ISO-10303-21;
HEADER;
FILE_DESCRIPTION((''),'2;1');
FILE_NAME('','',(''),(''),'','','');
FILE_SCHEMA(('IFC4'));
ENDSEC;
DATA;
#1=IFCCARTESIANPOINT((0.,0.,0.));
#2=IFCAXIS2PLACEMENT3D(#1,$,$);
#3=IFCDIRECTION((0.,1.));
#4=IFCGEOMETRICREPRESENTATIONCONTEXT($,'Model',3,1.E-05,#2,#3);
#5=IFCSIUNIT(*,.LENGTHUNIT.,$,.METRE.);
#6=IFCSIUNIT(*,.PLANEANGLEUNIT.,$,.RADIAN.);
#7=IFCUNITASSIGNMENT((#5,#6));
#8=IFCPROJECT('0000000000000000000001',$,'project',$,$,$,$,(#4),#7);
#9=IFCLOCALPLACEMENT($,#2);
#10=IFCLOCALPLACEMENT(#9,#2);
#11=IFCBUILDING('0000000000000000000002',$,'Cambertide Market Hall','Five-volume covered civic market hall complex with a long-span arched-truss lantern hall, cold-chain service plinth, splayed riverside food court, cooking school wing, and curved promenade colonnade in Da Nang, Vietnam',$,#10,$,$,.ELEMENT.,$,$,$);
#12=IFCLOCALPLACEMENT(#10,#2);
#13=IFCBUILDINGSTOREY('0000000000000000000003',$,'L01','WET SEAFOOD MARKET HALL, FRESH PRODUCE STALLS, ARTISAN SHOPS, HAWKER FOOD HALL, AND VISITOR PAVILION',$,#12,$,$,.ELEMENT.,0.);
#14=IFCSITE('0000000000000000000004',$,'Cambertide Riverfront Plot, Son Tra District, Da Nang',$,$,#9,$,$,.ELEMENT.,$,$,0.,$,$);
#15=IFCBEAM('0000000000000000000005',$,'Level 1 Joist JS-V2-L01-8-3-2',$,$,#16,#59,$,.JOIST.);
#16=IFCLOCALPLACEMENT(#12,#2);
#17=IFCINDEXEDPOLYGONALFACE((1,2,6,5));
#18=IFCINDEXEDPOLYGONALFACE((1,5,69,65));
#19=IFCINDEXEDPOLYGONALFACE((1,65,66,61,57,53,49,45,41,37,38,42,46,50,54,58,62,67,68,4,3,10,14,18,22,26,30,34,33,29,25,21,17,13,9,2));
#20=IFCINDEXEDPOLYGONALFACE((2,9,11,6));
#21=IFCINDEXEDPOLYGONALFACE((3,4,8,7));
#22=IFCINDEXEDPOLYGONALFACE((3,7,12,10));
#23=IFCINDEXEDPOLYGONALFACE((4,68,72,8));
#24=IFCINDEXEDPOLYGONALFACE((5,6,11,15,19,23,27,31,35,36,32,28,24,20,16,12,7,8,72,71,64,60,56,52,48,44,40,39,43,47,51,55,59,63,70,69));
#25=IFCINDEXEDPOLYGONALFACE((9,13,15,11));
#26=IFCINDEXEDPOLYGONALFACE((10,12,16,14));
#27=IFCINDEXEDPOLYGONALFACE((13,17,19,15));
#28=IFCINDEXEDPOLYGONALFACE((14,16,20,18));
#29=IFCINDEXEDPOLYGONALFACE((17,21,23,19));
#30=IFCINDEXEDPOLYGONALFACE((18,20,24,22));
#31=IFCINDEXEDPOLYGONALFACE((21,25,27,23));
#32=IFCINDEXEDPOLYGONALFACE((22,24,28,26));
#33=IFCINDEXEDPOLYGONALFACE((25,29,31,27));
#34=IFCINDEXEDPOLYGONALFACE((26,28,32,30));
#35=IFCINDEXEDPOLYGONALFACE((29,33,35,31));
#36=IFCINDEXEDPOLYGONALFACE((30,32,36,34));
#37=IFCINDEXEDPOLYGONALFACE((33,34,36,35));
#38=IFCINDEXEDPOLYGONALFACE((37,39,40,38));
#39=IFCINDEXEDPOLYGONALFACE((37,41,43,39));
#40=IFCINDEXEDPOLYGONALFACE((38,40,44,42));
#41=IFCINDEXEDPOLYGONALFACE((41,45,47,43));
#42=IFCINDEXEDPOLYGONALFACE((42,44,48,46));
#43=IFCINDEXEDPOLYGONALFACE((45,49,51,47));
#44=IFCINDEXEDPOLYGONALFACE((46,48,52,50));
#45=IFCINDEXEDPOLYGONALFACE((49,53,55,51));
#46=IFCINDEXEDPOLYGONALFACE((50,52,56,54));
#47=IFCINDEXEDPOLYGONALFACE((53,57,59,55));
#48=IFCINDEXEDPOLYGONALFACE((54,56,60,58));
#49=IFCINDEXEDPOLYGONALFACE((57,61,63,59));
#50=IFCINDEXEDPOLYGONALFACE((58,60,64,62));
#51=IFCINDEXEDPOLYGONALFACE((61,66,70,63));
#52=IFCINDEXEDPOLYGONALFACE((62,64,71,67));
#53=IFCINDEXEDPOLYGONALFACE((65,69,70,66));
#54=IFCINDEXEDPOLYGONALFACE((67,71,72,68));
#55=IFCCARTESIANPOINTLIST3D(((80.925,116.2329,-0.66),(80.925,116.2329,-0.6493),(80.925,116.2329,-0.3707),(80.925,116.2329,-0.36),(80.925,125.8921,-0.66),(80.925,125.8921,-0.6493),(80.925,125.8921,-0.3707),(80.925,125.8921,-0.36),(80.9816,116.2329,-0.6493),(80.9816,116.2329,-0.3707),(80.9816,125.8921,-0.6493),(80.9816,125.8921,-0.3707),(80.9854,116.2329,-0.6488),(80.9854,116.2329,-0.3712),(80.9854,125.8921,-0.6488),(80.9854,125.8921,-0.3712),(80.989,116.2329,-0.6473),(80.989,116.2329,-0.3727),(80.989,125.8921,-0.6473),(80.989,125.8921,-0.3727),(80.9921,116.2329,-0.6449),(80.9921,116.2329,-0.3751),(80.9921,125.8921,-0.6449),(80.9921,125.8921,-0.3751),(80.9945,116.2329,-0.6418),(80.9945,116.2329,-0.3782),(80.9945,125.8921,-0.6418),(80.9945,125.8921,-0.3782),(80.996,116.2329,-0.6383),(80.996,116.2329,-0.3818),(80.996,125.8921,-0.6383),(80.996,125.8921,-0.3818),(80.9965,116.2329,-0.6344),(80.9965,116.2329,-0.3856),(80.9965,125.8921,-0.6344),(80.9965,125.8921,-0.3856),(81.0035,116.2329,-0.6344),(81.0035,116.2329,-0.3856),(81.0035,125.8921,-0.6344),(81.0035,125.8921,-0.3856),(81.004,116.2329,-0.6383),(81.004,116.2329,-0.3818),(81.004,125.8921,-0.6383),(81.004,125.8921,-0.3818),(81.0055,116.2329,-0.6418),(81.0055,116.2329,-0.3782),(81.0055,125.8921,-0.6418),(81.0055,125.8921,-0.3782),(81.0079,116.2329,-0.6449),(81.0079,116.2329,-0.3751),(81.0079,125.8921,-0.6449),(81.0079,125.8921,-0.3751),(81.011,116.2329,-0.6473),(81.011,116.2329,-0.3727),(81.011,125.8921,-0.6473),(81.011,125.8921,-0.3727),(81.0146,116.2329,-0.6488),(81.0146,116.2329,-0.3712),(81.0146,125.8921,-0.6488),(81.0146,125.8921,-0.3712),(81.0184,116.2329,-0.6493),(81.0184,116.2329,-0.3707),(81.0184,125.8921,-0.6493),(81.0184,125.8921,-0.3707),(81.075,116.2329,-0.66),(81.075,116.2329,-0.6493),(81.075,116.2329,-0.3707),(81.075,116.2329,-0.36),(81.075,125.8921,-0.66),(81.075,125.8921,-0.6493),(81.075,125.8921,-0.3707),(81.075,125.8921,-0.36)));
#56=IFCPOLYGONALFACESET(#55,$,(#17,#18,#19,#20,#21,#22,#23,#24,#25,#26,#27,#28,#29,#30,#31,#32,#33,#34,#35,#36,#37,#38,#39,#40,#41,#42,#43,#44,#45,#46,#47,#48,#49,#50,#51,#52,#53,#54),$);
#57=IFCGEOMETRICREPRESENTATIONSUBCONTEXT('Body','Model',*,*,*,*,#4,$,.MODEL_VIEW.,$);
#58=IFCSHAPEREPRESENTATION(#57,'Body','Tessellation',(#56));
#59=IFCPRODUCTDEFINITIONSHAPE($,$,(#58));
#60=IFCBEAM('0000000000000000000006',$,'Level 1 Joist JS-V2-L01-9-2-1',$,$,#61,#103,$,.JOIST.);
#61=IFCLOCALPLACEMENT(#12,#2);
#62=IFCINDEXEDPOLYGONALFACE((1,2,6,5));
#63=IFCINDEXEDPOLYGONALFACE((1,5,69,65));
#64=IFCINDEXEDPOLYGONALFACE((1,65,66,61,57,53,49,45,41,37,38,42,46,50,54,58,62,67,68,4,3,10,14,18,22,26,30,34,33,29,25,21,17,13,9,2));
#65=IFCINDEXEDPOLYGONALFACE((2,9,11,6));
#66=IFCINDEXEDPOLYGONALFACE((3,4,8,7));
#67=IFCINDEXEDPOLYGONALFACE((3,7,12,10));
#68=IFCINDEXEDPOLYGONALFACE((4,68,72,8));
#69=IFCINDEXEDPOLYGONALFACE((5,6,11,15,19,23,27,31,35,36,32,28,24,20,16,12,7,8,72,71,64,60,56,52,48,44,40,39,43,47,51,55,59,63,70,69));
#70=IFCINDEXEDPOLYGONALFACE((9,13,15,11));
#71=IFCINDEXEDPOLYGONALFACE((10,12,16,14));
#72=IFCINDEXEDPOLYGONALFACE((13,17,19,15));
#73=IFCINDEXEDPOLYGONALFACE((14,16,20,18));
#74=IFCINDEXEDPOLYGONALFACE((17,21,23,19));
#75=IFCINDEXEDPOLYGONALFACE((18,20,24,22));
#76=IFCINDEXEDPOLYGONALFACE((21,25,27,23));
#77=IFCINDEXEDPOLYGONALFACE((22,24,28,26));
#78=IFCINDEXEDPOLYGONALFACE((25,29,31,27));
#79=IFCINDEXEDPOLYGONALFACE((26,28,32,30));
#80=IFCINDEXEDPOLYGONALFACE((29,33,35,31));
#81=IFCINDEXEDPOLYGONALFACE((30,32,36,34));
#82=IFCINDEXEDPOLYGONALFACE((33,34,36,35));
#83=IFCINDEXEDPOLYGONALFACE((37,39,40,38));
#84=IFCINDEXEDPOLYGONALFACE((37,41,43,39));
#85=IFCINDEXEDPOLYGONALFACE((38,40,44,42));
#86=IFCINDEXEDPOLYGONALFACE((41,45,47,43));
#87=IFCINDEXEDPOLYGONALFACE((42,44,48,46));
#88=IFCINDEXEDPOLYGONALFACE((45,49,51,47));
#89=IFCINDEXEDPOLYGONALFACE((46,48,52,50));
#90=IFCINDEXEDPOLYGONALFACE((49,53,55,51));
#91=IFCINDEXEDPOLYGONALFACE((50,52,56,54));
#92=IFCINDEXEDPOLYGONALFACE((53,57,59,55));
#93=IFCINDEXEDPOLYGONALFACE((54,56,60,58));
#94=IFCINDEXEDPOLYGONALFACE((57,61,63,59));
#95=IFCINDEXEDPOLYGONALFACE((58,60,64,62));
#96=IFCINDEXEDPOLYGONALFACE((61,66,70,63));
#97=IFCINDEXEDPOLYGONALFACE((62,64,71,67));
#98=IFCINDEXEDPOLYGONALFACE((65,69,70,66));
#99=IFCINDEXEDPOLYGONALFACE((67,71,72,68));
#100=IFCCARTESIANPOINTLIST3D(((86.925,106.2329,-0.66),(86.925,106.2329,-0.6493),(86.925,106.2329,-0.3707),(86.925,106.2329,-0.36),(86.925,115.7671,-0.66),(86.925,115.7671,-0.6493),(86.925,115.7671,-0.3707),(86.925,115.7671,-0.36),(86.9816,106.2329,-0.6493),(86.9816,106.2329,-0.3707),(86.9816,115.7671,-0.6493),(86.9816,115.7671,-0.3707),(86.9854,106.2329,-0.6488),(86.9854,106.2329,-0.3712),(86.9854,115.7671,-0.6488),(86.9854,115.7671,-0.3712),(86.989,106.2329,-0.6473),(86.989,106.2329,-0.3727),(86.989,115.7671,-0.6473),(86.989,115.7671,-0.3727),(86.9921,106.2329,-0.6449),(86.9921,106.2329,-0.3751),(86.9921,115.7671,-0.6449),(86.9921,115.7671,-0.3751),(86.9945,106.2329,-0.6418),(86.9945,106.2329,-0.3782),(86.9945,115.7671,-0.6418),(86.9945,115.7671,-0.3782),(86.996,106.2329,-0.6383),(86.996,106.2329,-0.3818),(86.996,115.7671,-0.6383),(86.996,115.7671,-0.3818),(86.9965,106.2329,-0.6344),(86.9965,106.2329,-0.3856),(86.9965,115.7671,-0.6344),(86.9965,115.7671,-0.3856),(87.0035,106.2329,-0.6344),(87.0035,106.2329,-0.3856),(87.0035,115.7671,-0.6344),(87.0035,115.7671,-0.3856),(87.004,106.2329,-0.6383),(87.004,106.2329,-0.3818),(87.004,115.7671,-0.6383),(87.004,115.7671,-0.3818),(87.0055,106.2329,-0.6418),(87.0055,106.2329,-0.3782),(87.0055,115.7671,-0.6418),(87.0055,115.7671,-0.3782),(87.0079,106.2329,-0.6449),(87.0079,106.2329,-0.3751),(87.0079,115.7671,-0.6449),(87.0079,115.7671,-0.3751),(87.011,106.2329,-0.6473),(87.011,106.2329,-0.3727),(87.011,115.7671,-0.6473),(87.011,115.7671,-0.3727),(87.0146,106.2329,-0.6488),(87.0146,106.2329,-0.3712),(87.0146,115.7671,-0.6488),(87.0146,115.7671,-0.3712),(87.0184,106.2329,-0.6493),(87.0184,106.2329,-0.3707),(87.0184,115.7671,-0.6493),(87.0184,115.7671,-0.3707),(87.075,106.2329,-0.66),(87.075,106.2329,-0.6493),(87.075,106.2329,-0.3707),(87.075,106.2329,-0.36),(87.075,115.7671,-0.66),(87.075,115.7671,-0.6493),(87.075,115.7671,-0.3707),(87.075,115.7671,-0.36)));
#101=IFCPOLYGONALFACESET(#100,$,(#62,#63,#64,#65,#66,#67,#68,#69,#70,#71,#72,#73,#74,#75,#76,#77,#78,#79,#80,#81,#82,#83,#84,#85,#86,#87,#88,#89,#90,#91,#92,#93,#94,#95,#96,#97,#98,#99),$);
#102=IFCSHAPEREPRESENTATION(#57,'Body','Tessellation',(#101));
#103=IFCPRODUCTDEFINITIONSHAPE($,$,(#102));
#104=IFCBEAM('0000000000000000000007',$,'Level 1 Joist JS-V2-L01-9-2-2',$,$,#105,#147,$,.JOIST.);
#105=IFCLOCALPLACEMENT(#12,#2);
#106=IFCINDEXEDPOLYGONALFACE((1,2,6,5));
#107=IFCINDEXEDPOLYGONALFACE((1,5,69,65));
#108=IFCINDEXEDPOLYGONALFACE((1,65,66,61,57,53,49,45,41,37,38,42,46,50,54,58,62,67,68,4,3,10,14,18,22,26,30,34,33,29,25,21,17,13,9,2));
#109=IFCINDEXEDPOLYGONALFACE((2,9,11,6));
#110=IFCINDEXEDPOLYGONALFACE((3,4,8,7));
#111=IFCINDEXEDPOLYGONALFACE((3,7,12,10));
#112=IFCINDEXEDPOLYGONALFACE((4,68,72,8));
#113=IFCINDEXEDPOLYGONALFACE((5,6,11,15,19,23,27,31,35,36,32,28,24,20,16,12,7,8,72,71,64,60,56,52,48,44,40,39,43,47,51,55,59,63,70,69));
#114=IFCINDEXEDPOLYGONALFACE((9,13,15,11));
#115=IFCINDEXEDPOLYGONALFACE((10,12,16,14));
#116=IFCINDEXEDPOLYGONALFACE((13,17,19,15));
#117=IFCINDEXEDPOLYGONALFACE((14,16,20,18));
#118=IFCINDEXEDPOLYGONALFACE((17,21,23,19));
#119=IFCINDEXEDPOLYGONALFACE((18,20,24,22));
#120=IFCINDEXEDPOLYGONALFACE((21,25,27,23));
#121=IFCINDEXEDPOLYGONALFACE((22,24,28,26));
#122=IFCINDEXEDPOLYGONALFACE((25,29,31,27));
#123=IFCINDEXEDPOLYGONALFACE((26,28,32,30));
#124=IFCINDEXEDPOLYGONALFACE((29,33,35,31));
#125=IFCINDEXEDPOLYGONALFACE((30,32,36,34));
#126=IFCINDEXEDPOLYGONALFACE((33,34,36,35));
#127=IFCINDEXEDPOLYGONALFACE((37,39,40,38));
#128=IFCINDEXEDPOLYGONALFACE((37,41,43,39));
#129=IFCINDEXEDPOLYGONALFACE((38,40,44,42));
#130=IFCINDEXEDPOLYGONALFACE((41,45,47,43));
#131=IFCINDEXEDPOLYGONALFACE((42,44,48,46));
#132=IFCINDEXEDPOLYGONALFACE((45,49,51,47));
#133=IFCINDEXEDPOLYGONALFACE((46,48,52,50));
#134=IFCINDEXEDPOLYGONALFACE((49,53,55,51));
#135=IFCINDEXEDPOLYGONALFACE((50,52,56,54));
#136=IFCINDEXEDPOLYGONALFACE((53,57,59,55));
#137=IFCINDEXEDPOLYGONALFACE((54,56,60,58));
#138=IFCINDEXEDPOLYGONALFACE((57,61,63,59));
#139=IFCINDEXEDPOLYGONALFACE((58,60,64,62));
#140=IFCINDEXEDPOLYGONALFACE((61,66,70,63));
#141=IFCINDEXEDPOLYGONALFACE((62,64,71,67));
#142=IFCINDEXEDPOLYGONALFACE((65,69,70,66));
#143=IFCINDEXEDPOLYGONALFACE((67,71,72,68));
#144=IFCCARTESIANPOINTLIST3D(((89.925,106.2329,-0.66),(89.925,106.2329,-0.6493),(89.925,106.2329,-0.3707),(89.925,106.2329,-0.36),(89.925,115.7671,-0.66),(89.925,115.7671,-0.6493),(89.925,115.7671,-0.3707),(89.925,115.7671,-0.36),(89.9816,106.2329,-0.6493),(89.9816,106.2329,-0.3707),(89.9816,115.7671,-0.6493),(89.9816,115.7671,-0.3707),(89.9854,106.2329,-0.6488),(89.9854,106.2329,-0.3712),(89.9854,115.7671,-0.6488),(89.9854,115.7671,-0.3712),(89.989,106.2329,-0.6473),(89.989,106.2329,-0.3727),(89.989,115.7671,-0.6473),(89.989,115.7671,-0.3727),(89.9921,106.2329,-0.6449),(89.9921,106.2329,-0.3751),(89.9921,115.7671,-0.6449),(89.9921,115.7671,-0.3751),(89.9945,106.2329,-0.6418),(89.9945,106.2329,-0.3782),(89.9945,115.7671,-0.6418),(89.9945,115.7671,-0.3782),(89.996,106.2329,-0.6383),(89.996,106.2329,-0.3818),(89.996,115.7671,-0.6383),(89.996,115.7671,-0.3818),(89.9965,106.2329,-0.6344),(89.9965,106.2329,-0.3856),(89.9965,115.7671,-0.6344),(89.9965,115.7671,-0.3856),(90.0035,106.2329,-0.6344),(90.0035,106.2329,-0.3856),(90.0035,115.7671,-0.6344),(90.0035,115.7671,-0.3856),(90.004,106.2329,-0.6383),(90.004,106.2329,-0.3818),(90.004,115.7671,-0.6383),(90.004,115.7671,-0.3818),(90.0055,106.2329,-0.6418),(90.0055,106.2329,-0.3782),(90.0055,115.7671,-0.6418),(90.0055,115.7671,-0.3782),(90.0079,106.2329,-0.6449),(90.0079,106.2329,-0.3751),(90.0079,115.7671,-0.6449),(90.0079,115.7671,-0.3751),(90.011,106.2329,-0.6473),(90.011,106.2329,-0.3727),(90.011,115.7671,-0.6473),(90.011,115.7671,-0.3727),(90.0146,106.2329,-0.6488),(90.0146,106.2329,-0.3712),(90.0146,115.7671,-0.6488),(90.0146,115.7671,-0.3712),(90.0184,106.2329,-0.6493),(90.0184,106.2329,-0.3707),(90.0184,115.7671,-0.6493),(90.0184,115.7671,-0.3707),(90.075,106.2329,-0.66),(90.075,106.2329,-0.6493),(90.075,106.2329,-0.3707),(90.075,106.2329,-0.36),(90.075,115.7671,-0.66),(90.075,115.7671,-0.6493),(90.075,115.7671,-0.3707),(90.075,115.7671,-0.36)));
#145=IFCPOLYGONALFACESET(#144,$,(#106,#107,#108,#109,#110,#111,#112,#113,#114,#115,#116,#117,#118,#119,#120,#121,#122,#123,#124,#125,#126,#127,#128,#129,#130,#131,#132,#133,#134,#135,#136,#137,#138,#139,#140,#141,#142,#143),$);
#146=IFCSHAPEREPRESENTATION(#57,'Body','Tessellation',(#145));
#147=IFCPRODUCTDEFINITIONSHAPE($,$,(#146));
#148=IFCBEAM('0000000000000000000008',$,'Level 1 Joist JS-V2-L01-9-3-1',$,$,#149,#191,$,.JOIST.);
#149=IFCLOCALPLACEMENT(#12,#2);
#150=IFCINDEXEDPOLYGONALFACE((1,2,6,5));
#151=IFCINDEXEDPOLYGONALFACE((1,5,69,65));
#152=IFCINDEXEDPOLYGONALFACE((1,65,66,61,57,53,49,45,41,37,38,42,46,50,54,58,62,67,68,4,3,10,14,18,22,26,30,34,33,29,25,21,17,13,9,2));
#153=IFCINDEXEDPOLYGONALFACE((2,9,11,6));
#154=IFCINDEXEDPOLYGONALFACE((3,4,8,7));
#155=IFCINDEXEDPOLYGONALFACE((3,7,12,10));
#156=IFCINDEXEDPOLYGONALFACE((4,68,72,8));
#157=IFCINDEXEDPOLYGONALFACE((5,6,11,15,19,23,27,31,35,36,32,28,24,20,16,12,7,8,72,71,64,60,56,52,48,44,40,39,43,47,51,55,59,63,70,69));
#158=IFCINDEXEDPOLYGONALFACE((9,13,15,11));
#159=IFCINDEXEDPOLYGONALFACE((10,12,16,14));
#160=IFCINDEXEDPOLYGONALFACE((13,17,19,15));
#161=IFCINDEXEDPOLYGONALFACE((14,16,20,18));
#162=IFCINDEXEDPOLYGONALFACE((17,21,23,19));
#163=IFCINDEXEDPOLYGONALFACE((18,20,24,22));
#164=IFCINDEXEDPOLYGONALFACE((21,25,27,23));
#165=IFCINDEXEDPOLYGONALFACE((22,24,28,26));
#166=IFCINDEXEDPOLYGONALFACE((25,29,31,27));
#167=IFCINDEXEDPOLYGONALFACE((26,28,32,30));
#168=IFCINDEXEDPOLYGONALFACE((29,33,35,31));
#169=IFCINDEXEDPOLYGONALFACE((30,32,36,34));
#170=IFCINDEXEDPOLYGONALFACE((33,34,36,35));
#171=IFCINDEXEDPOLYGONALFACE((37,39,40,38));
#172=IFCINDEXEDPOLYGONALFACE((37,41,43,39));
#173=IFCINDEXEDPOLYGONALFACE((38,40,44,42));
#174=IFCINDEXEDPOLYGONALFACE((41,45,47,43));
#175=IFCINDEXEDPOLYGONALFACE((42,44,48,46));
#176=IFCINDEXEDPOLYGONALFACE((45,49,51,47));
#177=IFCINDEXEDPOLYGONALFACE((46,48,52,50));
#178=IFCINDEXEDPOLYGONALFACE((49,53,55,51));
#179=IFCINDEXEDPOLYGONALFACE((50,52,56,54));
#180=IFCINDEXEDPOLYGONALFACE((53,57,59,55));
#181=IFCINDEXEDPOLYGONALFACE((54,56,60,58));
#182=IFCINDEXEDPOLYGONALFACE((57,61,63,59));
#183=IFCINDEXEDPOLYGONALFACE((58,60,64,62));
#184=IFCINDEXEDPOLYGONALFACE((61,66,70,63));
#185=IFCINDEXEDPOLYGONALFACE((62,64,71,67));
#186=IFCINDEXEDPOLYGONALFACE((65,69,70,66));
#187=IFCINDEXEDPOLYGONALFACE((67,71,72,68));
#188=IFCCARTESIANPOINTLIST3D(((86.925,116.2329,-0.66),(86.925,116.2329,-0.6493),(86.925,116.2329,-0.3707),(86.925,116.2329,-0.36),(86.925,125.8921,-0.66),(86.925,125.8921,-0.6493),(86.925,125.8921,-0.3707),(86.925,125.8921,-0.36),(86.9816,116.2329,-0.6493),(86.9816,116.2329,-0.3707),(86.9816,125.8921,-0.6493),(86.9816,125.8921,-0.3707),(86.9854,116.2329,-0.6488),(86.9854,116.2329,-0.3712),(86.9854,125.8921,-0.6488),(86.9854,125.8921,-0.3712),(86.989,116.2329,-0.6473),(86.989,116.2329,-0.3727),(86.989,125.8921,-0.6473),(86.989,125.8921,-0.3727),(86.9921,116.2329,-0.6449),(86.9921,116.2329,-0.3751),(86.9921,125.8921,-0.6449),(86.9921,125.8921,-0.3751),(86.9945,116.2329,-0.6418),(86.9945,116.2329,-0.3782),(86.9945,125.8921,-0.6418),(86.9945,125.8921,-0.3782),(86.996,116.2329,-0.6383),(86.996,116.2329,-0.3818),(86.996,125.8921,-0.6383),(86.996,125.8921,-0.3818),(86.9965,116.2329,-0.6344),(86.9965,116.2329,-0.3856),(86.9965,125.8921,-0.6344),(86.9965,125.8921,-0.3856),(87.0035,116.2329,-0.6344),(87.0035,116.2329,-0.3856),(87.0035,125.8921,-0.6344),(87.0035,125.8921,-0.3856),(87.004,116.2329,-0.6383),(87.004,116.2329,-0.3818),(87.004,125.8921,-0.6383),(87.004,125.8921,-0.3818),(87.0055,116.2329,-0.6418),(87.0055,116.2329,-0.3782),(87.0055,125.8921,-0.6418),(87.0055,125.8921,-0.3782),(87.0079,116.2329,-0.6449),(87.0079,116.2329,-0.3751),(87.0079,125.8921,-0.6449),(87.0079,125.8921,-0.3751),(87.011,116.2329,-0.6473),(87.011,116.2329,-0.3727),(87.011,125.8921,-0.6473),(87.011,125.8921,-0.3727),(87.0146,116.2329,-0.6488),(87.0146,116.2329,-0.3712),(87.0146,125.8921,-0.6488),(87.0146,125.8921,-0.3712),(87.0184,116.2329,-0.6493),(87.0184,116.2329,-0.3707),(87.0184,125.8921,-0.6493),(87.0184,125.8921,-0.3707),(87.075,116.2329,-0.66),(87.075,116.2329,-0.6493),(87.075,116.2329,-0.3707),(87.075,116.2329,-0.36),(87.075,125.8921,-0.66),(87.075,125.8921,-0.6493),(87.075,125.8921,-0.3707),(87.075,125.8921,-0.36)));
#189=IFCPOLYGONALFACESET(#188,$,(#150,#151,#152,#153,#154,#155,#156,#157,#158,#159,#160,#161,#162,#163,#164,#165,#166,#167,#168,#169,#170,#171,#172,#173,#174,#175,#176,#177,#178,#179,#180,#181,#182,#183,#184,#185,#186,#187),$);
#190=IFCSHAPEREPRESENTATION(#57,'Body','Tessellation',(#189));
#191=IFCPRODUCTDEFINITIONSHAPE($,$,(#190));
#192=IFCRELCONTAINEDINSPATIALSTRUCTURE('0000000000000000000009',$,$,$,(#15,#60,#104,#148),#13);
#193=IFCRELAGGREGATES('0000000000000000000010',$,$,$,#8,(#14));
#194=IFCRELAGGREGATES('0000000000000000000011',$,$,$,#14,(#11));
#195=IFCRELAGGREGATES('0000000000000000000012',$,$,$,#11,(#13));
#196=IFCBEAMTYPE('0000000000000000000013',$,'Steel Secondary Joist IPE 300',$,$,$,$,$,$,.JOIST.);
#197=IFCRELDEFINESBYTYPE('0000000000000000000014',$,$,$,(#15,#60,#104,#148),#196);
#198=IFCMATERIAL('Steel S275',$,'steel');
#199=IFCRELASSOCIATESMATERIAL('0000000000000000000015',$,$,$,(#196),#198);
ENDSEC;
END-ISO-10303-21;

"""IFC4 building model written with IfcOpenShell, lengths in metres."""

from ifc_helpers import new_model, si_unit, direction, frame, origin, origin_2d, place, context, subcontext, project, spatial, i_section, extrude, material, material_profile, profile_set, type_object, element, save


model = new_model("IFC4")

# Units and contexts
model_context = context("Model", 3, precision=1e-05, world=origin(), true_north=direction((0.0, 1.0)))
body_context = subcontext(model_context, "Body", "Model", "MODEL_VIEW")
ifc_project = project(units=[si_unit("LENGTHUNIT", "METRE"), si_unit("PLANEANGLEUNIT", "RADIAN")], contexts=[model_context])

# Site, building, storey
site_placement = place(None, origin())
site = spatial("IfcSite", under=ifc_project, at=site_placement, Name="Cambertide Riverfront Plot, Son Tra District, Da Nang", CompositionType="ELEMENT", RefElevation=0.0)
building_placement = place(site_placement, origin())
building = spatial("IfcBuilding", under=site, at=building_placement, Name="Cambertide Market Hall", Description="Five-volume covered civic market hall complex with a long-span arched-truss lantern hall, cold-chain service plinth, splayed riverside food court, cooking school wing, and curved promenade colonnade in Da Nang, Vietnam", CompositionType="ELEMENT")
storey_placement = place(building_placement, origin())
storey = spatial("IfcBuildingStorey", under=building, at=storey_placement, Name="L01", Description="WET SEAFOOD MARKET HALL, FRESH PRODUCE STALLS, ARTISAN SHOPS, HAWKER FOOD HALL, AND VISITOR PAVILION", CompositionType="ELEMENT", Elevation=0.0)

# Beams
ifc_material_1 = material(Name="Steel S275", Category="steel")
ifc_material_profile_1 = material_profile(ifc_material_1, i_section(OverallWidth=0.1499, OverallDepth=0.3, WebThickness=0.0071, FlangeThickness=0.0107, FilletRadius=0.0149, at=origin_2d()), Name="IPE 300")
ifc_profile_set_1 = profile_set([ifc_material_profile_1], Name="Steel S275")
beam_type_1 = type_object("IfcBeamType", Name="Steel Secondary Joist IPE 300", PredefinedType="JOIST", material=ifc_profile_set_1)
beam_placement = place(storey_placement, frame((81.0, 116.2329, -0.51), z_axis=(0.0, 1.0, 0.0), x_axis=(-1.0, 0.0, 0.0)))
element("IfcBeam", 1, at=beam_placement, inside=storey, type_object=beam_type_1, Name="Level 1 Joist JS-V2-L01-8-3-2", PredefinedType="JOIST", context=body_context, shape_type="SweptSolid", body=[
    extrude(i_section(OverallWidth=0.1499, OverallDepth=0.3, WebThickness=0.0071, FlangeThickness=0.0107, FilletRadius=0.0149, at=origin_2d()), origin(), (0.0, 0.0, 1.0), 9.6592),
])
for number, where, z_axis, x_axis, name in (
    (2, (87.0, 106.2329, -0.51), (0.0, 1.0, 0.0), (-1.0, 0.0, 0.0), "Level 1 Joist JS-V2-L01-9-2-1"),
    (3, (90.0, 106.2329, -0.51), (0.0, 1.0, 0.0), (-1.0, 0.0, 0.0), "Level 1 Joist JS-V2-L01-9-2-2"),
):
    element("IfcBeam", number, at=place(storey_placement, frame(where, z_axis=z_axis, x_axis=x_axis)), inside=storey, type_object=beam_type_1, Name=name, PredefinedType="JOIST", context=body_context, shape_type="SweptSolid", body=[
        extrude(i_section(OverallWidth=0.1499, OverallDepth=0.3, WebThickness=0.0071, FlangeThickness=0.0107, FilletRadius=0.0149, at=origin_2d()), origin(), (0.0, 0.0, 1.0), 9.5342),
    ])
for number, where, z_axis, x_axis, name in (
    (4, (87.0, 116.2329, -0.51), (0.0, 1.0, 0.0), (-1.0, 0.0, 0.0), "Level 1 Joist JS-V2-L01-9-3-1"),
):
    element("IfcBeam", number, at=place(storey_placement, frame(where, z_axis=z_axis, x_axis=x_axis)), inside=storey, type_object=beam_type_1, Name=name, PredefinedType="JOIST", context=body_context, shape_type="SweptSolid", body=[
        extrude(i_section(OverallWidth=0.1499, OverallDepth=0.3, WebThickness=0.0071, FlangeThickness=0.0107, FilletRadius=0.0149, at=origin_2d()), origin(), (0.0, 0.0, 1.0), 9.6592),
    ])

save(model, "model.ifc")
